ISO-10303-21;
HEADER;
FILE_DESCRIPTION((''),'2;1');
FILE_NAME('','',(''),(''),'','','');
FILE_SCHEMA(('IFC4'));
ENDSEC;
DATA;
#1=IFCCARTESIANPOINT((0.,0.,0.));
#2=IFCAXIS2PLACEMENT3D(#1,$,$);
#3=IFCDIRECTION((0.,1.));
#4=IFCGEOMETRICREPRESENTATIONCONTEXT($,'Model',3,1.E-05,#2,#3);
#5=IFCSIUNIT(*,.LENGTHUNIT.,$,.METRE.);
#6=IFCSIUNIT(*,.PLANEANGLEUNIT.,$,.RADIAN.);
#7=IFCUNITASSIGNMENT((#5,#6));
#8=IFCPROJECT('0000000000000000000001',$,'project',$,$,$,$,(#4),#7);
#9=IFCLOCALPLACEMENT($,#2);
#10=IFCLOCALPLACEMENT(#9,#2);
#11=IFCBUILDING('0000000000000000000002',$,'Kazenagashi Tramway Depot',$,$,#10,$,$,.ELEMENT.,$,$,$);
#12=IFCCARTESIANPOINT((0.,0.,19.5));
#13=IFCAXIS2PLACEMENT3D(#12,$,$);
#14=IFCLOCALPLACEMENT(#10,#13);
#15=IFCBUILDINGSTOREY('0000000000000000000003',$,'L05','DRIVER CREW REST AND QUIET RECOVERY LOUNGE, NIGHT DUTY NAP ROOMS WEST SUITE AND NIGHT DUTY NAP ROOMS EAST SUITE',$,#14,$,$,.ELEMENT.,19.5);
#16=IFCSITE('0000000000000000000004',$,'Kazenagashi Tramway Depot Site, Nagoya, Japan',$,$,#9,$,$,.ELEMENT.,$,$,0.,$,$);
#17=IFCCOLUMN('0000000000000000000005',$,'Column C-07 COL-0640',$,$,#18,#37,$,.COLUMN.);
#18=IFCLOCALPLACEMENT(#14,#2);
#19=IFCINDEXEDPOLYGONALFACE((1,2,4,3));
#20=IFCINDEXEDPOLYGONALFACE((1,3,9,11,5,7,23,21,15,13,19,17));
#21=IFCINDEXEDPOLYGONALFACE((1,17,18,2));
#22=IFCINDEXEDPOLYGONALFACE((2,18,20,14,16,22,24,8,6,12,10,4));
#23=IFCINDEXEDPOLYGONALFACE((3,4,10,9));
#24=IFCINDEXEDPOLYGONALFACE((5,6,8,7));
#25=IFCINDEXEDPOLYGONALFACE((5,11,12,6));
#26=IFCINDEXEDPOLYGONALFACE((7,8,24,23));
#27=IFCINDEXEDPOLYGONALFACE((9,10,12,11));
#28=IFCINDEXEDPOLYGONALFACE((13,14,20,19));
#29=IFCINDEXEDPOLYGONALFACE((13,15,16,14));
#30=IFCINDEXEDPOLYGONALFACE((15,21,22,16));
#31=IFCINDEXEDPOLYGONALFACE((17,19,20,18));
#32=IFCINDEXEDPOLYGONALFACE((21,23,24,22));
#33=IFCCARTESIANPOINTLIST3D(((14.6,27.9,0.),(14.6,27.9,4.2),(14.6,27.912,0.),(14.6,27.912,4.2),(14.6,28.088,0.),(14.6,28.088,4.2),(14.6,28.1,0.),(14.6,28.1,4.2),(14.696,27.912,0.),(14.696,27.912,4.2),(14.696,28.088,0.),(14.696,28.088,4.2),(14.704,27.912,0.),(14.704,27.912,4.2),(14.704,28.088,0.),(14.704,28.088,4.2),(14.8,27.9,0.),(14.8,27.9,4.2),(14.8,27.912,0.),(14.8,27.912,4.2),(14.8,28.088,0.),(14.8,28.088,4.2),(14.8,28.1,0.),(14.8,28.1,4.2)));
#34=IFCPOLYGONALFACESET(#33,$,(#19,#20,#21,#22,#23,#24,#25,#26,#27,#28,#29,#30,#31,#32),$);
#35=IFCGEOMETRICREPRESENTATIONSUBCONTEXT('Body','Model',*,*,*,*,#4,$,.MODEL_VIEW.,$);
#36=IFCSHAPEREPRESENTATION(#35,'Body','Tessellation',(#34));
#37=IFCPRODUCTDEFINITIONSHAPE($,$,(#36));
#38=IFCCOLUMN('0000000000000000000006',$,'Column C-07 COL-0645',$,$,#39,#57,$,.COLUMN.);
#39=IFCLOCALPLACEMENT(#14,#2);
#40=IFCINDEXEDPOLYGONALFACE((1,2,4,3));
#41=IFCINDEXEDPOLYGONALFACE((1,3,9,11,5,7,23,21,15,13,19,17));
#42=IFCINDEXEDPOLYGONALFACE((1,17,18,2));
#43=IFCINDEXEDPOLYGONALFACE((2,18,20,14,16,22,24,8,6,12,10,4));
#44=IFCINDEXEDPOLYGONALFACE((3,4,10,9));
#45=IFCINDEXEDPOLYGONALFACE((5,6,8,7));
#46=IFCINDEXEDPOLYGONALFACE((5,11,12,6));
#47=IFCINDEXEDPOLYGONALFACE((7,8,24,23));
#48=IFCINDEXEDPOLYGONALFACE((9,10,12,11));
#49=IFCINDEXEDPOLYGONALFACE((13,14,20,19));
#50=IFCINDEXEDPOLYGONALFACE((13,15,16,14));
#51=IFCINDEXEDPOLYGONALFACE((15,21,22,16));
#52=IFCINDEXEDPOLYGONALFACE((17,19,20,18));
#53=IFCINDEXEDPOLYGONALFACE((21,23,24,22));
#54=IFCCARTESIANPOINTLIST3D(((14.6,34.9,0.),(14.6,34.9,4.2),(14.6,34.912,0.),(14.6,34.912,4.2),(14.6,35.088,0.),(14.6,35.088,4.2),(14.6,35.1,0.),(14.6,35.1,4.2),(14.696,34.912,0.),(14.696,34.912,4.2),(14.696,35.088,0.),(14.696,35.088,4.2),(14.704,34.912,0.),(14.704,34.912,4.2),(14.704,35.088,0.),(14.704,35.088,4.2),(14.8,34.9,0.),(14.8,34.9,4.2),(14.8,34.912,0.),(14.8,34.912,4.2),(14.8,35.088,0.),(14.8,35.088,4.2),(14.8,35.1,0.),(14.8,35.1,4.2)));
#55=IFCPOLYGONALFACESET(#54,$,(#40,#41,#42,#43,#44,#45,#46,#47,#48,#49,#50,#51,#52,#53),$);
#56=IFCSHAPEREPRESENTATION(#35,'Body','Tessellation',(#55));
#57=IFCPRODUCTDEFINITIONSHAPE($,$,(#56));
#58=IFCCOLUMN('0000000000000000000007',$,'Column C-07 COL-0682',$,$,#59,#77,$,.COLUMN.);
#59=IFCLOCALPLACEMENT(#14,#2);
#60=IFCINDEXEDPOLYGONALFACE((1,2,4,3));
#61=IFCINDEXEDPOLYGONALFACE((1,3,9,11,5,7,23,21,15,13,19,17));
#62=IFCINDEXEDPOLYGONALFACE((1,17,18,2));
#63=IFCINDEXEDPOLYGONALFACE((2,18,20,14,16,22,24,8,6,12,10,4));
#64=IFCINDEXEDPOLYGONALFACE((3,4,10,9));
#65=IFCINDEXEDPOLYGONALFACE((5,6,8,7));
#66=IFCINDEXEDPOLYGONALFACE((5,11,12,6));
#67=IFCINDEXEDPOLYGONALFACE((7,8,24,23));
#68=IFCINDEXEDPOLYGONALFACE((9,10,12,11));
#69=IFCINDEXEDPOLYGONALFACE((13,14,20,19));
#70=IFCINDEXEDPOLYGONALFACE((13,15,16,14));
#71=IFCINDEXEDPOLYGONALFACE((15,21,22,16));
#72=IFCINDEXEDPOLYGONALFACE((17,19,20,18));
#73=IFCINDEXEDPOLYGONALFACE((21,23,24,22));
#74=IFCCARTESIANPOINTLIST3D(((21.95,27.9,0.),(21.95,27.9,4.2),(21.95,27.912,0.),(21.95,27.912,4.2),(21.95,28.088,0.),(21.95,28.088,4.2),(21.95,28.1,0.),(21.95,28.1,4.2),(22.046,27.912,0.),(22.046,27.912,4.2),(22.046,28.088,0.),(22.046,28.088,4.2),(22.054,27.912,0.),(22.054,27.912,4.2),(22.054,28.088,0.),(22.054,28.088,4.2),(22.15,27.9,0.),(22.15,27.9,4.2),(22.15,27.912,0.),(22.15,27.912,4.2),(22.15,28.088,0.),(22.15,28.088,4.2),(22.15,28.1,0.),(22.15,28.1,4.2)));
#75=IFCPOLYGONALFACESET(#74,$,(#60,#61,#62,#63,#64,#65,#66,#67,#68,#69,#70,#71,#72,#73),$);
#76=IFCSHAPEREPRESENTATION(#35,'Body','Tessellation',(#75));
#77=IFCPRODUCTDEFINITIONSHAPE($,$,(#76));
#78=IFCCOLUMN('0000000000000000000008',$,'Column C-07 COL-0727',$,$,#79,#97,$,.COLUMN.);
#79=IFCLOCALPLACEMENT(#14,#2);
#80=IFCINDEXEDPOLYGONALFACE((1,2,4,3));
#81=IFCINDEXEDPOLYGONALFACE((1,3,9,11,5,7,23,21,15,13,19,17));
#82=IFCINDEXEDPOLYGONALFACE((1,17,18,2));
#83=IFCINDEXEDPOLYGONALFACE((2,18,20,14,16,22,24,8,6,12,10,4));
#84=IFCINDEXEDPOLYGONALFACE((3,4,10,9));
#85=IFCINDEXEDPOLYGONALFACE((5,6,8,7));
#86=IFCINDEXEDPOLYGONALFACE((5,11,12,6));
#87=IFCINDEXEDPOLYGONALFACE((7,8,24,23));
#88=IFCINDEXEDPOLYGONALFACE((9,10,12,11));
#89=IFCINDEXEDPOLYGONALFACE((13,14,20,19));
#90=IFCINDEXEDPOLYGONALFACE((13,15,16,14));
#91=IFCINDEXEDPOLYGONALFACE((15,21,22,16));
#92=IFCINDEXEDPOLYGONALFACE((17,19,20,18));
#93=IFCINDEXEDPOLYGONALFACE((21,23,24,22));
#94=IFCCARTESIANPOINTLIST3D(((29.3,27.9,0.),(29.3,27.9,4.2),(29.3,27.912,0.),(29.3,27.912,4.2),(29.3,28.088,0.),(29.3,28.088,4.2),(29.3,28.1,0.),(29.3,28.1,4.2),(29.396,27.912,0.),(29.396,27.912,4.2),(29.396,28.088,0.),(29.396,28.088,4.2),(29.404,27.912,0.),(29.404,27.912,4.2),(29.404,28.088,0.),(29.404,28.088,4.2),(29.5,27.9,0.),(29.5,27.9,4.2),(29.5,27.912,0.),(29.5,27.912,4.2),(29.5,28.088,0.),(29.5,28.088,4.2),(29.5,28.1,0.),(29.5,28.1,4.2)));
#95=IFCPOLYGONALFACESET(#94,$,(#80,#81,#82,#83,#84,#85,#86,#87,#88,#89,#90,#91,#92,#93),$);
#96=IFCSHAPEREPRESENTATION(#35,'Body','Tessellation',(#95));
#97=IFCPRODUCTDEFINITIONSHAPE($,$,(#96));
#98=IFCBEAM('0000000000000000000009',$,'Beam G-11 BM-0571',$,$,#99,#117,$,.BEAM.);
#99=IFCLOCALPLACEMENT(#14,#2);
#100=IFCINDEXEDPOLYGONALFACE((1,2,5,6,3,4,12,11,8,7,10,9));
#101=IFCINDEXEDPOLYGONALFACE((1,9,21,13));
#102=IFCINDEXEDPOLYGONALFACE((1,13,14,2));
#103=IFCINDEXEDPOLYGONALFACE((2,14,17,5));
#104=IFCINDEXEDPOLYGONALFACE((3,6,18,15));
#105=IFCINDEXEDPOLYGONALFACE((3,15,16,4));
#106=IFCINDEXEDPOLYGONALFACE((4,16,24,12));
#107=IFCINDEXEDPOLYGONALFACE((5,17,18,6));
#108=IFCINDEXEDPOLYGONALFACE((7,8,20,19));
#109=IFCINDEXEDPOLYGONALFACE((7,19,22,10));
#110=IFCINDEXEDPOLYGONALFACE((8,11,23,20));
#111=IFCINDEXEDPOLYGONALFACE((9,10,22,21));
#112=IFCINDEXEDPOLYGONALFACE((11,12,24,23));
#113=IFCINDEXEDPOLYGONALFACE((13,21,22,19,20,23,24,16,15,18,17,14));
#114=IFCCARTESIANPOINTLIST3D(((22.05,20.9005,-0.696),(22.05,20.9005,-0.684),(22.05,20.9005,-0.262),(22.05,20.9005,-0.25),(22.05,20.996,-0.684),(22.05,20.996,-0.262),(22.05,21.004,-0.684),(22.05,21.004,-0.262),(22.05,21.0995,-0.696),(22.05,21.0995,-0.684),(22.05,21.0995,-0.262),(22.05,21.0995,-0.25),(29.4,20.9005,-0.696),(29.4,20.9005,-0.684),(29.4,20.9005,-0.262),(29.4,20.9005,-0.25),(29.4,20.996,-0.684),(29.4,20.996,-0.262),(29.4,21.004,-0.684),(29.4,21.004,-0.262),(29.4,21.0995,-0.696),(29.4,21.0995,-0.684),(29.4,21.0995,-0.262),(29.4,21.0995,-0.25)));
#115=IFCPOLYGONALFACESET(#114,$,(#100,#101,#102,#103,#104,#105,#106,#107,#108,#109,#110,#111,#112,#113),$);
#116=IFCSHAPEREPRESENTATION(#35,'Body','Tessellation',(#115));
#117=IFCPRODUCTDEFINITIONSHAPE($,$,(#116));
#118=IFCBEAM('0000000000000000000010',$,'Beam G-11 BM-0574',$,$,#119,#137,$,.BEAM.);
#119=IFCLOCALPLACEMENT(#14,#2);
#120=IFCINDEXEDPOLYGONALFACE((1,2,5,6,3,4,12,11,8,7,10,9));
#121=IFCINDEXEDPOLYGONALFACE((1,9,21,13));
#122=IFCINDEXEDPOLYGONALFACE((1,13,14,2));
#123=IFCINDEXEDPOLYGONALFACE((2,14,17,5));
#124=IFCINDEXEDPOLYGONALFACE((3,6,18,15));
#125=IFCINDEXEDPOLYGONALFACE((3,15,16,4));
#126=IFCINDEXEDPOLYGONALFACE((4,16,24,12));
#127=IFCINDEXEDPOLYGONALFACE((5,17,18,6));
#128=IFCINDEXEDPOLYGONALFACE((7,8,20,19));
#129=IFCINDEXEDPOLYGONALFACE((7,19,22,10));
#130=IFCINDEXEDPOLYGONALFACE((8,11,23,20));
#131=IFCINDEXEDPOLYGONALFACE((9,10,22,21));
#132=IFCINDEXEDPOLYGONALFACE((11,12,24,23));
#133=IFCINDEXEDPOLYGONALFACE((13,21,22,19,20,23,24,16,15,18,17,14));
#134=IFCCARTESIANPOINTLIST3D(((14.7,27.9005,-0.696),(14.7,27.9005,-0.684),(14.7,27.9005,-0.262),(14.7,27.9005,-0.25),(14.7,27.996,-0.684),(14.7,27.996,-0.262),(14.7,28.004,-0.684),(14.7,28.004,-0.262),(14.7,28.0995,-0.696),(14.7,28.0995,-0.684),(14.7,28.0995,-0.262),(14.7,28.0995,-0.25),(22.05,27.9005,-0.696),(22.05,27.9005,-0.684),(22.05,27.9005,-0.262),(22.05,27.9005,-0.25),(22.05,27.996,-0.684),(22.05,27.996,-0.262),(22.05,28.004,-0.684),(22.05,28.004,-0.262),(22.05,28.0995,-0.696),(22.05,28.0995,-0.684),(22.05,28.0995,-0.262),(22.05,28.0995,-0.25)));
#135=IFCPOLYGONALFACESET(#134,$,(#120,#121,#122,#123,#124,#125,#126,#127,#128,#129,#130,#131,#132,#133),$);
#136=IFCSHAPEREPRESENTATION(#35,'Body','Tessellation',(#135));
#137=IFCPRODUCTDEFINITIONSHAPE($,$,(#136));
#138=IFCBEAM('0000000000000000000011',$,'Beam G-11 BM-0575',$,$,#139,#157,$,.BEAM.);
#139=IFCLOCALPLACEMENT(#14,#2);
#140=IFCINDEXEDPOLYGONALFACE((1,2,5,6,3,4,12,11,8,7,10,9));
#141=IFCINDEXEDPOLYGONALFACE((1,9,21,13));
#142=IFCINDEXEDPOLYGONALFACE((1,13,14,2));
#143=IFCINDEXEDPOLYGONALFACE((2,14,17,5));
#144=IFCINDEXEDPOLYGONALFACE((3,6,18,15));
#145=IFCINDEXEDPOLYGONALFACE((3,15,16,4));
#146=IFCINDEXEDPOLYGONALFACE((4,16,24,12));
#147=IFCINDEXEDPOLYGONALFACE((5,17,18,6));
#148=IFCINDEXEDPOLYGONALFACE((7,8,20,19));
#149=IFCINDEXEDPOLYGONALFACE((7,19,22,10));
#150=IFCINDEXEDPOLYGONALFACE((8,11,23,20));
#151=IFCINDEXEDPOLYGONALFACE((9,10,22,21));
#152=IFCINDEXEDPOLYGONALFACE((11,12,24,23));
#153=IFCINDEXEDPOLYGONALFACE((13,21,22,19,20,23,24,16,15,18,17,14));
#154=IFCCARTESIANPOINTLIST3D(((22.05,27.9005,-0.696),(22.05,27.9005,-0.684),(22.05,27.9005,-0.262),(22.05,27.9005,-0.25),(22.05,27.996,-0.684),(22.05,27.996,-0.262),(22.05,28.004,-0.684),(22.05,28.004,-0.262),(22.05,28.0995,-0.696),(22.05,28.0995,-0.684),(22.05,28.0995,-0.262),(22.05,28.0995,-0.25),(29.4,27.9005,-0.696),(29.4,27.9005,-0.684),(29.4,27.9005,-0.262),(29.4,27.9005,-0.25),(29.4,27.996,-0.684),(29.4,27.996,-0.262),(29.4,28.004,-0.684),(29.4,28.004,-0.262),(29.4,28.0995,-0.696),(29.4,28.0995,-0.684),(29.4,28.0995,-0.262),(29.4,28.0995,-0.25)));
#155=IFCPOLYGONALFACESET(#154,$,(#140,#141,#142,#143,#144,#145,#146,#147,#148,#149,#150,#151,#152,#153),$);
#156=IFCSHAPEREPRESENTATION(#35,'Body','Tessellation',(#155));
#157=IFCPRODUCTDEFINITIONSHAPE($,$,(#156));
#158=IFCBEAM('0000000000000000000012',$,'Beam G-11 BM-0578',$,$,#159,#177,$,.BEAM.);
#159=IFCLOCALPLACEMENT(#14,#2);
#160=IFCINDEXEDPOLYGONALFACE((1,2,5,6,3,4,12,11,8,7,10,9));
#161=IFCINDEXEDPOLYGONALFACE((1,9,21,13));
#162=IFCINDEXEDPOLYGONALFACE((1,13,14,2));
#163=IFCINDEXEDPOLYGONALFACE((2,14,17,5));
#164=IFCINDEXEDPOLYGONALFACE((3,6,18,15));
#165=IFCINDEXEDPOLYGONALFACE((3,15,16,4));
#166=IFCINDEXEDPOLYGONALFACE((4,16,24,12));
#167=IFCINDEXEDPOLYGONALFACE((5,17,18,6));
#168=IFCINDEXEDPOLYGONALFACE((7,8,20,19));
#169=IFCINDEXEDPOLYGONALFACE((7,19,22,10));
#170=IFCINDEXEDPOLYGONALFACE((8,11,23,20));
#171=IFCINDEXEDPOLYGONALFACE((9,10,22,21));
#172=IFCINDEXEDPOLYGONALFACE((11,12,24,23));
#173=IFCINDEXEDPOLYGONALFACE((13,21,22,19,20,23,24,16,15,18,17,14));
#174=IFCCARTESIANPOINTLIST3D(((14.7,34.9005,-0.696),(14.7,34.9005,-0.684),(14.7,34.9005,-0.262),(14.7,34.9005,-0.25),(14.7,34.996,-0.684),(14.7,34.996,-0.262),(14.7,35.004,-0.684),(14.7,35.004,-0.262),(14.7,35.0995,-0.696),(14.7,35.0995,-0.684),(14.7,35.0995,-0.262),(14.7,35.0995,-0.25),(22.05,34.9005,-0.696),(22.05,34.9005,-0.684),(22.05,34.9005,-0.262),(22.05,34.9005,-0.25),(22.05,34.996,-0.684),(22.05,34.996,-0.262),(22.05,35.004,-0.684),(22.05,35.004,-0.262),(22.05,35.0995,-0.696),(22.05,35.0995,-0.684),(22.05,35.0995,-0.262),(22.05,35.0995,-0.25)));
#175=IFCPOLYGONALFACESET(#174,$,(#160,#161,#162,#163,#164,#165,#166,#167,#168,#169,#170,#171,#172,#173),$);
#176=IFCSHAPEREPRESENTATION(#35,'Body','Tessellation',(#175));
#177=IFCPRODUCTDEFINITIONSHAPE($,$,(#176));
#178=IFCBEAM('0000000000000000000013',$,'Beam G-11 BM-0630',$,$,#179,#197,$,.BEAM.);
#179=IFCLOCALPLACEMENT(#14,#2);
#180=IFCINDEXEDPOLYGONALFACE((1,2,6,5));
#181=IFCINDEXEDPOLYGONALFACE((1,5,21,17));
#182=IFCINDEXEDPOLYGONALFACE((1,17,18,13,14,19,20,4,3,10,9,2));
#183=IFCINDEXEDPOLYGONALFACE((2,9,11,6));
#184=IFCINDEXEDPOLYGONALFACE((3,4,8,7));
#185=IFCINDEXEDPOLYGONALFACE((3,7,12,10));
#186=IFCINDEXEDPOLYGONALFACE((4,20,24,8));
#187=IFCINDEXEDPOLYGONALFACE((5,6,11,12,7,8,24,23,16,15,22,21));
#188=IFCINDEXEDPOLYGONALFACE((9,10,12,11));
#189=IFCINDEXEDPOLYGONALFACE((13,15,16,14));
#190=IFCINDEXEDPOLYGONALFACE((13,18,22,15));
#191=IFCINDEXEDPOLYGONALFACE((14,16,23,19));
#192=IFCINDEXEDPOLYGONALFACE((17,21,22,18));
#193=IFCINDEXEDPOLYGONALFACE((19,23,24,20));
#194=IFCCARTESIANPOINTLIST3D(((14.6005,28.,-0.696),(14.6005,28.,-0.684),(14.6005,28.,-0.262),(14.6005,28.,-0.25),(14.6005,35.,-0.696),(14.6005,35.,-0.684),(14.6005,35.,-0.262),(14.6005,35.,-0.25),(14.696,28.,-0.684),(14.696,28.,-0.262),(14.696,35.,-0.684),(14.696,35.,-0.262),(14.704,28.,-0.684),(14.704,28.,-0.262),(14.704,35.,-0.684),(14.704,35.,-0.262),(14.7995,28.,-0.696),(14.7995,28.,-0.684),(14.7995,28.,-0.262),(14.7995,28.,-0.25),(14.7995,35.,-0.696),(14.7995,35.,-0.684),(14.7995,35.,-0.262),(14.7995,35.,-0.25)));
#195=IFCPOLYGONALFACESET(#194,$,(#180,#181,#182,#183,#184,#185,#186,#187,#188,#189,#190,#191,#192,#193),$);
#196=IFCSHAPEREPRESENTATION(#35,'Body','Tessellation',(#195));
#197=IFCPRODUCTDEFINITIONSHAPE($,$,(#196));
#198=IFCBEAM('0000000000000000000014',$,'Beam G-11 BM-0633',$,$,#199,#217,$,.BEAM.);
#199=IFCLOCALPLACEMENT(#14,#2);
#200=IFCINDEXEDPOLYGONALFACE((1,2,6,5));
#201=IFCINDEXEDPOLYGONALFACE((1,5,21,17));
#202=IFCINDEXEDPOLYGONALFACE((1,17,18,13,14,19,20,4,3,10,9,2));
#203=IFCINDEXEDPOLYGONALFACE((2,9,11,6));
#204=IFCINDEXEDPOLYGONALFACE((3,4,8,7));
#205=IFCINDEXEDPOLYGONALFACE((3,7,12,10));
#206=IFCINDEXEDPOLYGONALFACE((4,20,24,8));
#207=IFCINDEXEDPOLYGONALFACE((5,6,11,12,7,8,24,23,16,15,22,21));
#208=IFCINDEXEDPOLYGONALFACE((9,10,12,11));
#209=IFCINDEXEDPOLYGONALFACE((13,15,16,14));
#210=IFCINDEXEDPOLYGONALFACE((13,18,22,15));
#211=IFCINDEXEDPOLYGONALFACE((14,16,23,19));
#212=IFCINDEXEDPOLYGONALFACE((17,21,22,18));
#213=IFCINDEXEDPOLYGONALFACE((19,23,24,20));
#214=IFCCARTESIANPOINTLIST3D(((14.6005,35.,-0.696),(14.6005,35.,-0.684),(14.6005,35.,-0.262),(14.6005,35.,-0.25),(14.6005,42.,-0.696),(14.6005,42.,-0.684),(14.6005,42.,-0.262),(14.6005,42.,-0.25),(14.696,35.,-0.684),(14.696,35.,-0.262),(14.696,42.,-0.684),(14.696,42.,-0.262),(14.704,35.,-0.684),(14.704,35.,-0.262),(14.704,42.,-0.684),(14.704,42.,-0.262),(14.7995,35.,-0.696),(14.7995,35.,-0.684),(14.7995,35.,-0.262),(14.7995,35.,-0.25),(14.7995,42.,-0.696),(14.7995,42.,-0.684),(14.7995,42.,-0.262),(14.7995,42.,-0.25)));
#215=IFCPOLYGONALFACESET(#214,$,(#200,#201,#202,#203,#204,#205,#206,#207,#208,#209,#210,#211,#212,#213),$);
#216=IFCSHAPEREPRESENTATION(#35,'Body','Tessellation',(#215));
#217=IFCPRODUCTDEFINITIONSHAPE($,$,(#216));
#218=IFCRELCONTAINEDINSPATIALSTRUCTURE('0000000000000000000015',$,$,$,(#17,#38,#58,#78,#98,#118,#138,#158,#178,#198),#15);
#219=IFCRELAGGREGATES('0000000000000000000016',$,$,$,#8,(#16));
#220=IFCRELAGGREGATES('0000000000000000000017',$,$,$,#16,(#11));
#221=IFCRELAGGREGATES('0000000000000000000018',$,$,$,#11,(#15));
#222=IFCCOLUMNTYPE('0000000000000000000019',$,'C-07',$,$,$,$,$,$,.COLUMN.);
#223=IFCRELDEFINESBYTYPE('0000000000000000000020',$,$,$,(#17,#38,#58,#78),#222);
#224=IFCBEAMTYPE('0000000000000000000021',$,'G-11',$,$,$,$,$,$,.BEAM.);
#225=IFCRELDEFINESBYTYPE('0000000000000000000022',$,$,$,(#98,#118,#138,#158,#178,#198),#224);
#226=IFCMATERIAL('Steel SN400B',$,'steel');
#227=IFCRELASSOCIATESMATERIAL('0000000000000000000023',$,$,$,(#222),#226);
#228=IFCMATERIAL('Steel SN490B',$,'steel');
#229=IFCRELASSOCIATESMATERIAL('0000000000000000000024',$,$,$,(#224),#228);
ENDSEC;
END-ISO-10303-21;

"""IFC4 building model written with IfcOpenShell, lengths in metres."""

from ifc_helpers import new_model, si_unit, direction, frame, origin, origin_2d, place, context, subcontext, project, spatial, i_section, extrude, material, material_profile, profile_set, type_object, element, save


model = new_model("IFC4")

# Units and contexts
model_context = context("Model", 3, precision=1e-05, world=origin(), true_north=direction((0.0, 1.0)))
body_context = subcontext(model_context, "Body", "Model", "MODEL_VIEW")
ifc_project = project(units=[si_unit("LENGTHUNIT", "METRE"), si_unit("PLANEANGLEUNIT", "RADIAN")], contexts=[model_context])

# Site, building, storey
site_placement = place(None, origin())
site = spatial("IfcSite", under=ifc_project, at=site_placement, Name="Kazenagashi Tramway Depot Site, Nagoya, Japan", CompositionType="ELEMENT", RefElevation=0.0)
building_placement = place(site_placement, origin())
building = spatial("IfcBuilding", under=site, at=building_placement, Name="Kazenagashi Tramway Depot", CompositionType="ELEMENT")
storey_placement = place(building_placement, frame((0.0, 0.0, 19.5)))
storey = spatial("IfcBuildingStorey", under=building, at=storey_placement, Name="L05", Description="DRIVER CREW REST AND QUIET RECOVERY LOUNGE, NIGHT DUTY NAP ROOMS WEST SUITE AND NIGHT DUTY NAP ROOMS EAST SUITE", CompositionType="ELEMENT", Elevation=19.5)

# Columns
ifc_material_1 = material(Name="Steel SN400B", Category="steel")
ifc_material_profile_1 = material_profile(ifc_material_1, i_section(OverallWidth=0.2, OverallDepth=0.2, WebThickness=0.008, FlangeThickness=0.012, at=origin_2d()), Name="H-200x200x8x12")
ifc_profile_set_1 = profile_set([ifc_material_profile_1], Name="Steel SN400B")
column_type = type_object("IfcColumnType", Name="C-07", PredefinedType="COLUMN", material=ifc_profile_set_1)
for number, where, z_axis, x_axis, name in (
    (1, (14.7, 28.0, 0.0), (0.0, 0.0, 1.0), (1.0, 0.0, 0.0), "Column C-07 COL-0640"),
    (2, (14.7, 35.0, 0.0), (0.0, 0.0, 1.0), (1.0, 0.0, 0.0), "Column C-07 COL-0645"),
    (3, (22.05, 28.0, 0.0), (0.0, 0.0, 1.0), (1.0, 0.0, 0.0), "Column C-07 COL-0682"),
    (4, (29.4, 28.0, 0.0), (0.0, 0.0, 1.0), (1.0, 0.0, 0.0), "Column C-07 COL-0727"),
):
    element("IfcColumn", number, at=place(storey_placement, frame(where, z_axis=z_axis, x_axis=x_axis)), inside=storey, type_object=column_type, Name=name, PredefinedType="COLUMN", context=body_context, shape_type="SweptSolid", body=[
        extrude(i_section(OverallWidth=0.2, OverallDepth=0.2, WebThickness=0.008, FlangeThickness=0.012, at=origin_2d()), origin(), (0.0, 0.0, 1.0), 4.2),
    ])

# Beams
ifc_material_2 = material(Name="Steel SN490B", Category="steel")
ifc_material_profile_2 = material_profile(ifc_material_2, i_section(OverallWidth=0.199, OverallDepth=0.446, WebThickness=0.008, FlangeThickness=0.012, at=origin_2d()), Name="H-446x199x8x12")
ifc_profile_set_2 = profile_set([ifc_material_profile_2], Name="Steel SN490B")
beam_type_1 = type_object("IfcBeamType", Name="G-11", PredefinedType="BEAM", material=ifc_profile_set_2)
for number, where, z_axis, x_axis, name in (
    (5, (22.05, 21.0, -0.473), (1.0, 0.0, 0.0), (0.0, 1.0, 0.0), "Beam G-11 BM-0571"),
    (6, (14.7, 28.0, -0.473), (1.0, 0.0, 0.0), (0.0, 1.0, 0.0), "Beam G-11 BM-0574"),
    (7, (22.05, 28.0, -0.473), (1.0, 0.0, 0.0), (0.0, 1.0, 0.0), "Beam G-11 BM-0575"),
    (8, (14.7, 35.0, -0.473), (1.0, 0.0, 0.0), (0.0, 1.0, 0.0), "Beam G-11 BM-0578"),
):
    element("IfcBeam", number, at=place(storey_placement, frame(where, z_axis=z_axis, x_axis=x_axis)), inside=storey, type_object=beam_type_1, Name=name, PredefinedType="BEAM", context=body_context, shape_type="SweptSolid", body=[
        extrude(i_section(OverallWidth=0.199, OverallDepth=0.446, WebThickness=0.008, FlangeThickness=0.012, at=origin_2d()), origin(), (0.0, 0.0, 1.0), 7.35),
    ])
for number, where, z_axis, x_axis, name in (
    (9, (14.7, 28.0, -0.473), (0.0, 1.0, 0.0), (-1.0, 0.0, 0.0), "Beam G-11 BM-0630"),
    (10, (14.7, 35.0, -0.473), (0.0, 1.0, 0.0), (-1.0, 0.0, 0.0), "Beam G-11 BM-0633"),
):
    element("IfcBeam", number, at=place(storey_placement, frame(where, z_axis=z_axis, x_axis=x_axis)), inside=storey, type_object=beam_type_1, Name=name, PredefinedType="BEAM", context=body_context, shape_type="SweptSolid", body=[
        extrude(i_section(OverallWidth=0.199, OverallDepth=0.446, WebThickness=0.008, FlangeThickness=0.012, at=origin_2d()), origin(), (0.0, 0.0, 1.0), 7.0),
    ])

save(model, "model.ifc")
